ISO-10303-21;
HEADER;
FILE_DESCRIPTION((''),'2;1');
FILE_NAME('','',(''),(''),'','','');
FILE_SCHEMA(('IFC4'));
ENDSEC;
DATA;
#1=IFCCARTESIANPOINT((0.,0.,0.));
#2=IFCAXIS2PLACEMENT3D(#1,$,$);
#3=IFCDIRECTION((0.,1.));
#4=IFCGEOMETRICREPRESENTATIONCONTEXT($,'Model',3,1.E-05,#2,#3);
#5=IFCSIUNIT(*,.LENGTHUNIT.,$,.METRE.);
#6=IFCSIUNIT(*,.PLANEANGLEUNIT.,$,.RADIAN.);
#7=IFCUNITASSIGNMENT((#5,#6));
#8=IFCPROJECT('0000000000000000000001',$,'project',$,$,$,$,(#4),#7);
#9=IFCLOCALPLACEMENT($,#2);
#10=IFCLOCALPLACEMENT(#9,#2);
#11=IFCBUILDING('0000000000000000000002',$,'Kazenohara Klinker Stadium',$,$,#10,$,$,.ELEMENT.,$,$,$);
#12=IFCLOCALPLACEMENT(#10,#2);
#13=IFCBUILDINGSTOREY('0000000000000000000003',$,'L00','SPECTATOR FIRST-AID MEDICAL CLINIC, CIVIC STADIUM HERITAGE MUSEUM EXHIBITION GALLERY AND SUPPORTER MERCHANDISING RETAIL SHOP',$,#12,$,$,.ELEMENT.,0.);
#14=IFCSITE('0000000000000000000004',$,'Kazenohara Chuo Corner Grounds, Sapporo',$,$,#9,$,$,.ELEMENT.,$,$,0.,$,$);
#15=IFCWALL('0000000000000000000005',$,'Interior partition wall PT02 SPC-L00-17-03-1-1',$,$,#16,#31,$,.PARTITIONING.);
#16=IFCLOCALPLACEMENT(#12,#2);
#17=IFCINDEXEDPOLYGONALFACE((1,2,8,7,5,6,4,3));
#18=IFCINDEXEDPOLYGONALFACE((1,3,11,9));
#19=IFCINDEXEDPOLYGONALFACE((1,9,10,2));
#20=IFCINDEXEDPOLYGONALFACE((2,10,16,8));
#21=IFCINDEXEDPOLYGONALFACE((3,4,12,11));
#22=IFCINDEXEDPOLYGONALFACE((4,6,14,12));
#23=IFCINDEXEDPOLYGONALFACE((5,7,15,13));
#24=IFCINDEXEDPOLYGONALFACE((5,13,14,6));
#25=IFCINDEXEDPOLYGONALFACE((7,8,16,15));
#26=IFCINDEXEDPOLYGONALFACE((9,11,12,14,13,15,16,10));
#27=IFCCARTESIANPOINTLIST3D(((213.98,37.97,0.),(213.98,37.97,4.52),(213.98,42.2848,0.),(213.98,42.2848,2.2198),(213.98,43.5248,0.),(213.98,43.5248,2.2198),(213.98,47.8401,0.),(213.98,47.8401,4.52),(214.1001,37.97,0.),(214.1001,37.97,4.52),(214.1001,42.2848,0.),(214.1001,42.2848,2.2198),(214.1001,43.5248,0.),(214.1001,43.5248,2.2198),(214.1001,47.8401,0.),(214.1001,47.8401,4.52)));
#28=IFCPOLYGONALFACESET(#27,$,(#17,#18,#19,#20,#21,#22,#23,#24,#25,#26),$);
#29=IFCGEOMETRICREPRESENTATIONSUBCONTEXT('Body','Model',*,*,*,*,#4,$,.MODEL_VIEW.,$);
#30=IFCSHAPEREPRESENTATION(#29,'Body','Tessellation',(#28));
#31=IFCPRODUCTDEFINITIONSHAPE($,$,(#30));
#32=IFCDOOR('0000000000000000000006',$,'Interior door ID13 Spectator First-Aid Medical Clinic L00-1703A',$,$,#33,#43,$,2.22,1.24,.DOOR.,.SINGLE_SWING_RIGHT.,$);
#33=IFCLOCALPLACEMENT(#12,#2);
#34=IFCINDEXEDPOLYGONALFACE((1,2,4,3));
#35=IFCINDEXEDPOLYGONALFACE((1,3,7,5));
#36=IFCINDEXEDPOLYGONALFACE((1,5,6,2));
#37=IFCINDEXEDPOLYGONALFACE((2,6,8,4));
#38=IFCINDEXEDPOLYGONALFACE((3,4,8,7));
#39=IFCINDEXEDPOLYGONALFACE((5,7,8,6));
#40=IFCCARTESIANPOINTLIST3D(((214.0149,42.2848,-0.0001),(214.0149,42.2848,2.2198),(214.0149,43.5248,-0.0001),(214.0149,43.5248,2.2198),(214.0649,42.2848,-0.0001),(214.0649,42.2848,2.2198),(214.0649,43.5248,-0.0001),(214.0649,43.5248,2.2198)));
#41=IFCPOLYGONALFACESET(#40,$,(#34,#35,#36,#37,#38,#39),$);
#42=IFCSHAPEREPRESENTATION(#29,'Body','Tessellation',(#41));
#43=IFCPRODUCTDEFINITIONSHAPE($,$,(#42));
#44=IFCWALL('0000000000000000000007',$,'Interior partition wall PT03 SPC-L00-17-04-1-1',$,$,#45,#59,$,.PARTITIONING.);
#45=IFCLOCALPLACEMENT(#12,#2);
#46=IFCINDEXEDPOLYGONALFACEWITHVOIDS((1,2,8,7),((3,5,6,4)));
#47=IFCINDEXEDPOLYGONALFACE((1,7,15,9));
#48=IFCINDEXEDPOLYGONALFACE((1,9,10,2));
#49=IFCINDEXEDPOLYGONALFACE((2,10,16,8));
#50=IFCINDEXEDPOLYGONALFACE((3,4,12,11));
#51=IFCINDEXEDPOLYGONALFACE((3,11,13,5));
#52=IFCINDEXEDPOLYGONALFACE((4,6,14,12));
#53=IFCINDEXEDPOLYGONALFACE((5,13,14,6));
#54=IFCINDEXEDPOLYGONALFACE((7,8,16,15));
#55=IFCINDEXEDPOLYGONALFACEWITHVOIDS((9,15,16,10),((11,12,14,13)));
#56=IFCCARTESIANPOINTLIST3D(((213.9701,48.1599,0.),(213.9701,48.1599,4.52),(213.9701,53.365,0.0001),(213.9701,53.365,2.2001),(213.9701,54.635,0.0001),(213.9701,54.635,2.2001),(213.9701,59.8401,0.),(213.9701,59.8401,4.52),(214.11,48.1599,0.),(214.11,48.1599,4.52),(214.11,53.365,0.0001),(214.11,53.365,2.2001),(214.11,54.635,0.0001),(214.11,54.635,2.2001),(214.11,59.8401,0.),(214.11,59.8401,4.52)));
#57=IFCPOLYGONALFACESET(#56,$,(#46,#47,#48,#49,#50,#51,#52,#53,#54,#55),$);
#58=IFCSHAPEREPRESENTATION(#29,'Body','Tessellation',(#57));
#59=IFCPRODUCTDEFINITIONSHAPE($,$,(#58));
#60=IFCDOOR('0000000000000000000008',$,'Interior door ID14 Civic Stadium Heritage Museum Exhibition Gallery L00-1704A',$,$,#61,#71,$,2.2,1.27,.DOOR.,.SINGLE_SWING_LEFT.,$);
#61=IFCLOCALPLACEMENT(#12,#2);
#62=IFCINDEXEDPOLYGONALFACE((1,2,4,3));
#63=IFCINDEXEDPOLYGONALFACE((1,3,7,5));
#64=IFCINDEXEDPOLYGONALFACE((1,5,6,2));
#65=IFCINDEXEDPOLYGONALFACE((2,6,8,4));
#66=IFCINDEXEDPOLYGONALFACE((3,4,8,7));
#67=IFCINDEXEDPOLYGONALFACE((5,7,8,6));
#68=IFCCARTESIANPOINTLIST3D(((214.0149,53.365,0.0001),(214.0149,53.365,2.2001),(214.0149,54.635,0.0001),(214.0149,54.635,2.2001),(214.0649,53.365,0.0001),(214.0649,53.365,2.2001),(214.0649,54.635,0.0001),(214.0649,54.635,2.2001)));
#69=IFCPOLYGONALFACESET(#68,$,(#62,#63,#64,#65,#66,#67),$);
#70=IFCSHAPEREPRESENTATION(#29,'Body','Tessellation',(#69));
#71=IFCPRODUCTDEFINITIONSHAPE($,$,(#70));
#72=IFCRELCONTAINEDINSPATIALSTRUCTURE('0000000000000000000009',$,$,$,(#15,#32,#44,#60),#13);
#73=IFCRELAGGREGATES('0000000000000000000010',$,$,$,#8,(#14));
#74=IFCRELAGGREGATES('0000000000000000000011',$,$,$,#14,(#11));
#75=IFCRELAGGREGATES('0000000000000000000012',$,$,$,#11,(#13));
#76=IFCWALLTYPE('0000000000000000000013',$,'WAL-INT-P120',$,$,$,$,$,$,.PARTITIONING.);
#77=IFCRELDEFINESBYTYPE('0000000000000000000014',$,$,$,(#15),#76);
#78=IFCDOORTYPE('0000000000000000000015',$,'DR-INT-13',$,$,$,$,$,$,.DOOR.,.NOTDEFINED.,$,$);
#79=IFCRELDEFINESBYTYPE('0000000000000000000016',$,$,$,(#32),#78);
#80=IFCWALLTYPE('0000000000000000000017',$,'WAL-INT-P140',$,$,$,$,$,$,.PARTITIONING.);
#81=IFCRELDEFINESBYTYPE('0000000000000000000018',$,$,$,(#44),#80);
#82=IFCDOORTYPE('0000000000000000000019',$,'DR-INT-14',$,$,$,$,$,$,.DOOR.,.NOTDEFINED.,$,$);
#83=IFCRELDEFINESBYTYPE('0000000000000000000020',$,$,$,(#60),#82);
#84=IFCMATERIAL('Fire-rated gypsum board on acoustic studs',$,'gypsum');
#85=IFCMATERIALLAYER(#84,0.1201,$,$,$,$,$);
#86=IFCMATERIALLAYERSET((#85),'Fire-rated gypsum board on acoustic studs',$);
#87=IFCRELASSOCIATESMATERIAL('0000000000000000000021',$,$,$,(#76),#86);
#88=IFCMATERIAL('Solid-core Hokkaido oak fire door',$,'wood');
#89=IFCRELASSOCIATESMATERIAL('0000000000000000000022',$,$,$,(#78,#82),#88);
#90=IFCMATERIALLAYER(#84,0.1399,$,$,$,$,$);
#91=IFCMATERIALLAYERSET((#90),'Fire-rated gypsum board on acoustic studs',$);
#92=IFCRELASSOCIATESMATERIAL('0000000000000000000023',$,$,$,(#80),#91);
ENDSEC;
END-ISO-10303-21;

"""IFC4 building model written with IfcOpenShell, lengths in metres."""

from ifc_helpers import new_model, si_unit, direction, frame, frame_2d, origin, place, context, subcontext, project, spatial, rectangle, extrude, material, layer, layer_set, type_object, element, fill, save


model = new_model("IFC4")

# Units and contexts
model_context = context("Model", 3, precision=1e-05, world=origin(), true_north=direction((0.0, 1.0)))
body_context = subcontext(model_context, "Body", "Model", "MODEL_VIEW")
ifc_project = project(units=[si_unit("LENGTHUNIT", "METRE"), si_unit("PLANEANGLEUNIT", "RADIAN")], contexts=[model_context])

# Site, building, storey
site_placement = place(None, origin())
site = spatial("IfcSite", under=ifc_project, at=site_placement, Name="Kazenohara Chuo Corner Grounds, Sapporo", CompositionType="ELEMENT", RefElevation=0.0)
building_placement = place(site_placement, origin())
building = spatial("IfcBuilding", under=site, at=building_placement, Name="Kazenohara Klinker Stadium", CompositionType="ELEMENT")
storey_placement = place(building_placement, origin())
storey = spatial("IfcBuildingStorey", under=building, at=storey_placement, Name="L00", Description="SPECTATOR FIRST-AID MEDICAL CLINIC, CIVIC STADIUM HERITAGE MUSEUM EXHIBITION GALLERY AND SUPPORTER MERCHANDISING RETAIL SHOP", CompositionType="ELEMENT", Elevation=0.0)

# Walls, openings, doors
ifc_material_1 = material(Name="Fire-rated gypsum board on acoustic studs", Category="gypsum")
ifc_layer_1 = layer(ifc_material_1, 0.1201)
ifc_layer_set_1 = layer_set([ifc_layer_1], Name="Fire-rated gypsum board on acoustic studs")
wall_type_1 = type_object("IfcWallType", Name="WAL-INT-P120", PredefinedType="PARTITIONING", material=ifc_layer_set_1)
wall_1_placement = place(storey_placement, frame((214.04, 37.97, 0.0), z_axis=(0.0, 0.0, 1.0), x_axis=(0.0, 1.0, 0.0)))
wall_1 = element("IfcWall", 1, at=wall_1_placement, inside=storey, type_object=wall_type_1, Name="Interior partition wall PT02 SPC-L00-17-03-1-1", PredefinedType="PARTITIONING", context=body_context, shape_type="SweptSolid", body=[
    extrude(rectangle(XDim=9.8701, YDim=0.1201, at=frame_2d((4.9351, 0.0))), origin(), (0.0, 0.0, 1.0), 4.52),
])
opening_1_placement = place(wall_1_placement, frame((5.5549, 0.0, 0.0), z_axis=(0.0, 0.0, 1.0), x_axis=(-1.0, 0.0, 0.0)))
opening_1 = element("IfcOpeningElement", 2, at=opening_1_placement, cuts=wall_1, PredefinedType="OPENING", context=body_context, shape_type="SweptSolid", body=[
    extrude(rectangle(XDim=1.24, YDim=2.22, at=frame_2d((0.6201, 1.1099))), frame((0.0, 0.0701, 0.0), z_axis=(0.0, -1.0, 0.0), x_axis=(1.0, 0.0, 0.0)), (0.0, 0.0, 1.0), 0.1401),
])
ifc_material_2 = material(Name="Solid-core Hokkaido oak fire door", Category="wood")
door_type_1 = type_object("IfcDoorType", Name="DR-INT-13", OperationType="NOTDEFINED", PredefinedType="DOOR", material=ifc_material_2)
door_1_placement = place(opening_1_placement, origin())
door_1 = element("IfcDoor", 3, at=door_1_placement, inside=storey, type_object=door_type_1, Name="Interior door ID13 Spectator First-Aid Medical Clinic L00-1703A", OperationType="SINGLE_SWING_RIGHT", OverallHeight=2.22, OverallWidth=1.24, PredefinedType="DOOR", context=body_context, shape_type="SweptSolid", body=[
    extrude(rectangle(XDim=1.24, YDim=2.22, at=frame_2d((0.6201, 1.1099))), frame((0.0, 0.0249, 0.0), z_axis=(0.0, -1.0, 0.0), x_axis=(1.0, 0.0, 0.0)), (0.0, 0.0, 1.0), 0.05),
])
fill(opening_1, door_1)
ifc_layer_2 = layer(ifc_material_1, 0.1399)
ifc_layer_set_2 = layer_set([ifc_layer_2], Name="Fire-rated gypsum board on acoustic studs")
wall_type_2 = type_object("IfcWallType", Name="WAL-INT-P140", PredefinedType="PARTITIONING", material=ifc_layer_set_2)
wall_2_placement = place(storey_placement, frame((214.04, 48.1599, 0.0), z_axis=(0.0, 0.0, 1.0), x_axis=(0.0, 1.0, 0.0)))
wall_2 = element("IfcWall", 4, at=wall_2_placement, inside=storey, type_object=wall_type_2, Name="Interior partition wall PT03 SPC-L00-17-04-1-1", PredefinedType="PARTITIONING", context=body_context, shape_type="SweptSolid", body=[
    extrude(rectangle(XDim=11.6802, YDim=0.1399, at=frame_2d((5.8401, 0.0))), origin(), (0.0, 0.0, 1.0), 4.52),
])
opening_2_placement = place(wall_2_placement, frame((6.4751, 0.0, 0.0), z_axis=(0.0, 0.0, 1.0), x_axis=(-1.0, 0.0, 0.0)))
opening_2 = element("IfcOpeningElement", 5, at=opening_2_placement, cuts=wall_2, PredefinedType="OPENING", context=body_context, shape_type="SweptSolid", body=[
    extrude(rectangle(XDim=1.27, YDim=2.2, at=frame_2d((0.635, 1.1001))), frame((0.0, 0.0801, 0.0), z_axis=(0.0, -1.0, 0.0), x_axis=(1.0, 0.0, 0.0)), (0.0, 0.0, 1.0), 0.1599),
])
door_type_2 = type_object("IfcDoorType", Name="DR-INT-14", OperationType="NOTDEFINED", PredefinedType="DOOR", material=ifc_material_2)
door_2_placement = place(opening_2_placement, origin())
door_2 = element("IfcDoor", 6, at=door_2_placement, inside=storey, type_object=door_type_2, Name="Interior door ID14 Civic Stadium Heritage Museum Exhibition Gallery L00-1704A", OperationType="SINGLE_SWING_LEFT", OverallHeight=2.2, OverallWidth=1.27, PredefinedType="DOOR", context=body_context, shape_type="SweptSolid", body=[
    extrude(rectangle(XDim=1.27, YDim=2.2, at=frame_2d((0.635, 1.1001))), frame((0.0, 0.0249, 0.0), z_axis=(0.0, -1.0, 0.0), x_axis=(1.0, 0.0, 0.0)), (0.0, 0.0, 1.0), 0.05),
])
fill(opening_2, door_2)

save(model, "model.ifc")
